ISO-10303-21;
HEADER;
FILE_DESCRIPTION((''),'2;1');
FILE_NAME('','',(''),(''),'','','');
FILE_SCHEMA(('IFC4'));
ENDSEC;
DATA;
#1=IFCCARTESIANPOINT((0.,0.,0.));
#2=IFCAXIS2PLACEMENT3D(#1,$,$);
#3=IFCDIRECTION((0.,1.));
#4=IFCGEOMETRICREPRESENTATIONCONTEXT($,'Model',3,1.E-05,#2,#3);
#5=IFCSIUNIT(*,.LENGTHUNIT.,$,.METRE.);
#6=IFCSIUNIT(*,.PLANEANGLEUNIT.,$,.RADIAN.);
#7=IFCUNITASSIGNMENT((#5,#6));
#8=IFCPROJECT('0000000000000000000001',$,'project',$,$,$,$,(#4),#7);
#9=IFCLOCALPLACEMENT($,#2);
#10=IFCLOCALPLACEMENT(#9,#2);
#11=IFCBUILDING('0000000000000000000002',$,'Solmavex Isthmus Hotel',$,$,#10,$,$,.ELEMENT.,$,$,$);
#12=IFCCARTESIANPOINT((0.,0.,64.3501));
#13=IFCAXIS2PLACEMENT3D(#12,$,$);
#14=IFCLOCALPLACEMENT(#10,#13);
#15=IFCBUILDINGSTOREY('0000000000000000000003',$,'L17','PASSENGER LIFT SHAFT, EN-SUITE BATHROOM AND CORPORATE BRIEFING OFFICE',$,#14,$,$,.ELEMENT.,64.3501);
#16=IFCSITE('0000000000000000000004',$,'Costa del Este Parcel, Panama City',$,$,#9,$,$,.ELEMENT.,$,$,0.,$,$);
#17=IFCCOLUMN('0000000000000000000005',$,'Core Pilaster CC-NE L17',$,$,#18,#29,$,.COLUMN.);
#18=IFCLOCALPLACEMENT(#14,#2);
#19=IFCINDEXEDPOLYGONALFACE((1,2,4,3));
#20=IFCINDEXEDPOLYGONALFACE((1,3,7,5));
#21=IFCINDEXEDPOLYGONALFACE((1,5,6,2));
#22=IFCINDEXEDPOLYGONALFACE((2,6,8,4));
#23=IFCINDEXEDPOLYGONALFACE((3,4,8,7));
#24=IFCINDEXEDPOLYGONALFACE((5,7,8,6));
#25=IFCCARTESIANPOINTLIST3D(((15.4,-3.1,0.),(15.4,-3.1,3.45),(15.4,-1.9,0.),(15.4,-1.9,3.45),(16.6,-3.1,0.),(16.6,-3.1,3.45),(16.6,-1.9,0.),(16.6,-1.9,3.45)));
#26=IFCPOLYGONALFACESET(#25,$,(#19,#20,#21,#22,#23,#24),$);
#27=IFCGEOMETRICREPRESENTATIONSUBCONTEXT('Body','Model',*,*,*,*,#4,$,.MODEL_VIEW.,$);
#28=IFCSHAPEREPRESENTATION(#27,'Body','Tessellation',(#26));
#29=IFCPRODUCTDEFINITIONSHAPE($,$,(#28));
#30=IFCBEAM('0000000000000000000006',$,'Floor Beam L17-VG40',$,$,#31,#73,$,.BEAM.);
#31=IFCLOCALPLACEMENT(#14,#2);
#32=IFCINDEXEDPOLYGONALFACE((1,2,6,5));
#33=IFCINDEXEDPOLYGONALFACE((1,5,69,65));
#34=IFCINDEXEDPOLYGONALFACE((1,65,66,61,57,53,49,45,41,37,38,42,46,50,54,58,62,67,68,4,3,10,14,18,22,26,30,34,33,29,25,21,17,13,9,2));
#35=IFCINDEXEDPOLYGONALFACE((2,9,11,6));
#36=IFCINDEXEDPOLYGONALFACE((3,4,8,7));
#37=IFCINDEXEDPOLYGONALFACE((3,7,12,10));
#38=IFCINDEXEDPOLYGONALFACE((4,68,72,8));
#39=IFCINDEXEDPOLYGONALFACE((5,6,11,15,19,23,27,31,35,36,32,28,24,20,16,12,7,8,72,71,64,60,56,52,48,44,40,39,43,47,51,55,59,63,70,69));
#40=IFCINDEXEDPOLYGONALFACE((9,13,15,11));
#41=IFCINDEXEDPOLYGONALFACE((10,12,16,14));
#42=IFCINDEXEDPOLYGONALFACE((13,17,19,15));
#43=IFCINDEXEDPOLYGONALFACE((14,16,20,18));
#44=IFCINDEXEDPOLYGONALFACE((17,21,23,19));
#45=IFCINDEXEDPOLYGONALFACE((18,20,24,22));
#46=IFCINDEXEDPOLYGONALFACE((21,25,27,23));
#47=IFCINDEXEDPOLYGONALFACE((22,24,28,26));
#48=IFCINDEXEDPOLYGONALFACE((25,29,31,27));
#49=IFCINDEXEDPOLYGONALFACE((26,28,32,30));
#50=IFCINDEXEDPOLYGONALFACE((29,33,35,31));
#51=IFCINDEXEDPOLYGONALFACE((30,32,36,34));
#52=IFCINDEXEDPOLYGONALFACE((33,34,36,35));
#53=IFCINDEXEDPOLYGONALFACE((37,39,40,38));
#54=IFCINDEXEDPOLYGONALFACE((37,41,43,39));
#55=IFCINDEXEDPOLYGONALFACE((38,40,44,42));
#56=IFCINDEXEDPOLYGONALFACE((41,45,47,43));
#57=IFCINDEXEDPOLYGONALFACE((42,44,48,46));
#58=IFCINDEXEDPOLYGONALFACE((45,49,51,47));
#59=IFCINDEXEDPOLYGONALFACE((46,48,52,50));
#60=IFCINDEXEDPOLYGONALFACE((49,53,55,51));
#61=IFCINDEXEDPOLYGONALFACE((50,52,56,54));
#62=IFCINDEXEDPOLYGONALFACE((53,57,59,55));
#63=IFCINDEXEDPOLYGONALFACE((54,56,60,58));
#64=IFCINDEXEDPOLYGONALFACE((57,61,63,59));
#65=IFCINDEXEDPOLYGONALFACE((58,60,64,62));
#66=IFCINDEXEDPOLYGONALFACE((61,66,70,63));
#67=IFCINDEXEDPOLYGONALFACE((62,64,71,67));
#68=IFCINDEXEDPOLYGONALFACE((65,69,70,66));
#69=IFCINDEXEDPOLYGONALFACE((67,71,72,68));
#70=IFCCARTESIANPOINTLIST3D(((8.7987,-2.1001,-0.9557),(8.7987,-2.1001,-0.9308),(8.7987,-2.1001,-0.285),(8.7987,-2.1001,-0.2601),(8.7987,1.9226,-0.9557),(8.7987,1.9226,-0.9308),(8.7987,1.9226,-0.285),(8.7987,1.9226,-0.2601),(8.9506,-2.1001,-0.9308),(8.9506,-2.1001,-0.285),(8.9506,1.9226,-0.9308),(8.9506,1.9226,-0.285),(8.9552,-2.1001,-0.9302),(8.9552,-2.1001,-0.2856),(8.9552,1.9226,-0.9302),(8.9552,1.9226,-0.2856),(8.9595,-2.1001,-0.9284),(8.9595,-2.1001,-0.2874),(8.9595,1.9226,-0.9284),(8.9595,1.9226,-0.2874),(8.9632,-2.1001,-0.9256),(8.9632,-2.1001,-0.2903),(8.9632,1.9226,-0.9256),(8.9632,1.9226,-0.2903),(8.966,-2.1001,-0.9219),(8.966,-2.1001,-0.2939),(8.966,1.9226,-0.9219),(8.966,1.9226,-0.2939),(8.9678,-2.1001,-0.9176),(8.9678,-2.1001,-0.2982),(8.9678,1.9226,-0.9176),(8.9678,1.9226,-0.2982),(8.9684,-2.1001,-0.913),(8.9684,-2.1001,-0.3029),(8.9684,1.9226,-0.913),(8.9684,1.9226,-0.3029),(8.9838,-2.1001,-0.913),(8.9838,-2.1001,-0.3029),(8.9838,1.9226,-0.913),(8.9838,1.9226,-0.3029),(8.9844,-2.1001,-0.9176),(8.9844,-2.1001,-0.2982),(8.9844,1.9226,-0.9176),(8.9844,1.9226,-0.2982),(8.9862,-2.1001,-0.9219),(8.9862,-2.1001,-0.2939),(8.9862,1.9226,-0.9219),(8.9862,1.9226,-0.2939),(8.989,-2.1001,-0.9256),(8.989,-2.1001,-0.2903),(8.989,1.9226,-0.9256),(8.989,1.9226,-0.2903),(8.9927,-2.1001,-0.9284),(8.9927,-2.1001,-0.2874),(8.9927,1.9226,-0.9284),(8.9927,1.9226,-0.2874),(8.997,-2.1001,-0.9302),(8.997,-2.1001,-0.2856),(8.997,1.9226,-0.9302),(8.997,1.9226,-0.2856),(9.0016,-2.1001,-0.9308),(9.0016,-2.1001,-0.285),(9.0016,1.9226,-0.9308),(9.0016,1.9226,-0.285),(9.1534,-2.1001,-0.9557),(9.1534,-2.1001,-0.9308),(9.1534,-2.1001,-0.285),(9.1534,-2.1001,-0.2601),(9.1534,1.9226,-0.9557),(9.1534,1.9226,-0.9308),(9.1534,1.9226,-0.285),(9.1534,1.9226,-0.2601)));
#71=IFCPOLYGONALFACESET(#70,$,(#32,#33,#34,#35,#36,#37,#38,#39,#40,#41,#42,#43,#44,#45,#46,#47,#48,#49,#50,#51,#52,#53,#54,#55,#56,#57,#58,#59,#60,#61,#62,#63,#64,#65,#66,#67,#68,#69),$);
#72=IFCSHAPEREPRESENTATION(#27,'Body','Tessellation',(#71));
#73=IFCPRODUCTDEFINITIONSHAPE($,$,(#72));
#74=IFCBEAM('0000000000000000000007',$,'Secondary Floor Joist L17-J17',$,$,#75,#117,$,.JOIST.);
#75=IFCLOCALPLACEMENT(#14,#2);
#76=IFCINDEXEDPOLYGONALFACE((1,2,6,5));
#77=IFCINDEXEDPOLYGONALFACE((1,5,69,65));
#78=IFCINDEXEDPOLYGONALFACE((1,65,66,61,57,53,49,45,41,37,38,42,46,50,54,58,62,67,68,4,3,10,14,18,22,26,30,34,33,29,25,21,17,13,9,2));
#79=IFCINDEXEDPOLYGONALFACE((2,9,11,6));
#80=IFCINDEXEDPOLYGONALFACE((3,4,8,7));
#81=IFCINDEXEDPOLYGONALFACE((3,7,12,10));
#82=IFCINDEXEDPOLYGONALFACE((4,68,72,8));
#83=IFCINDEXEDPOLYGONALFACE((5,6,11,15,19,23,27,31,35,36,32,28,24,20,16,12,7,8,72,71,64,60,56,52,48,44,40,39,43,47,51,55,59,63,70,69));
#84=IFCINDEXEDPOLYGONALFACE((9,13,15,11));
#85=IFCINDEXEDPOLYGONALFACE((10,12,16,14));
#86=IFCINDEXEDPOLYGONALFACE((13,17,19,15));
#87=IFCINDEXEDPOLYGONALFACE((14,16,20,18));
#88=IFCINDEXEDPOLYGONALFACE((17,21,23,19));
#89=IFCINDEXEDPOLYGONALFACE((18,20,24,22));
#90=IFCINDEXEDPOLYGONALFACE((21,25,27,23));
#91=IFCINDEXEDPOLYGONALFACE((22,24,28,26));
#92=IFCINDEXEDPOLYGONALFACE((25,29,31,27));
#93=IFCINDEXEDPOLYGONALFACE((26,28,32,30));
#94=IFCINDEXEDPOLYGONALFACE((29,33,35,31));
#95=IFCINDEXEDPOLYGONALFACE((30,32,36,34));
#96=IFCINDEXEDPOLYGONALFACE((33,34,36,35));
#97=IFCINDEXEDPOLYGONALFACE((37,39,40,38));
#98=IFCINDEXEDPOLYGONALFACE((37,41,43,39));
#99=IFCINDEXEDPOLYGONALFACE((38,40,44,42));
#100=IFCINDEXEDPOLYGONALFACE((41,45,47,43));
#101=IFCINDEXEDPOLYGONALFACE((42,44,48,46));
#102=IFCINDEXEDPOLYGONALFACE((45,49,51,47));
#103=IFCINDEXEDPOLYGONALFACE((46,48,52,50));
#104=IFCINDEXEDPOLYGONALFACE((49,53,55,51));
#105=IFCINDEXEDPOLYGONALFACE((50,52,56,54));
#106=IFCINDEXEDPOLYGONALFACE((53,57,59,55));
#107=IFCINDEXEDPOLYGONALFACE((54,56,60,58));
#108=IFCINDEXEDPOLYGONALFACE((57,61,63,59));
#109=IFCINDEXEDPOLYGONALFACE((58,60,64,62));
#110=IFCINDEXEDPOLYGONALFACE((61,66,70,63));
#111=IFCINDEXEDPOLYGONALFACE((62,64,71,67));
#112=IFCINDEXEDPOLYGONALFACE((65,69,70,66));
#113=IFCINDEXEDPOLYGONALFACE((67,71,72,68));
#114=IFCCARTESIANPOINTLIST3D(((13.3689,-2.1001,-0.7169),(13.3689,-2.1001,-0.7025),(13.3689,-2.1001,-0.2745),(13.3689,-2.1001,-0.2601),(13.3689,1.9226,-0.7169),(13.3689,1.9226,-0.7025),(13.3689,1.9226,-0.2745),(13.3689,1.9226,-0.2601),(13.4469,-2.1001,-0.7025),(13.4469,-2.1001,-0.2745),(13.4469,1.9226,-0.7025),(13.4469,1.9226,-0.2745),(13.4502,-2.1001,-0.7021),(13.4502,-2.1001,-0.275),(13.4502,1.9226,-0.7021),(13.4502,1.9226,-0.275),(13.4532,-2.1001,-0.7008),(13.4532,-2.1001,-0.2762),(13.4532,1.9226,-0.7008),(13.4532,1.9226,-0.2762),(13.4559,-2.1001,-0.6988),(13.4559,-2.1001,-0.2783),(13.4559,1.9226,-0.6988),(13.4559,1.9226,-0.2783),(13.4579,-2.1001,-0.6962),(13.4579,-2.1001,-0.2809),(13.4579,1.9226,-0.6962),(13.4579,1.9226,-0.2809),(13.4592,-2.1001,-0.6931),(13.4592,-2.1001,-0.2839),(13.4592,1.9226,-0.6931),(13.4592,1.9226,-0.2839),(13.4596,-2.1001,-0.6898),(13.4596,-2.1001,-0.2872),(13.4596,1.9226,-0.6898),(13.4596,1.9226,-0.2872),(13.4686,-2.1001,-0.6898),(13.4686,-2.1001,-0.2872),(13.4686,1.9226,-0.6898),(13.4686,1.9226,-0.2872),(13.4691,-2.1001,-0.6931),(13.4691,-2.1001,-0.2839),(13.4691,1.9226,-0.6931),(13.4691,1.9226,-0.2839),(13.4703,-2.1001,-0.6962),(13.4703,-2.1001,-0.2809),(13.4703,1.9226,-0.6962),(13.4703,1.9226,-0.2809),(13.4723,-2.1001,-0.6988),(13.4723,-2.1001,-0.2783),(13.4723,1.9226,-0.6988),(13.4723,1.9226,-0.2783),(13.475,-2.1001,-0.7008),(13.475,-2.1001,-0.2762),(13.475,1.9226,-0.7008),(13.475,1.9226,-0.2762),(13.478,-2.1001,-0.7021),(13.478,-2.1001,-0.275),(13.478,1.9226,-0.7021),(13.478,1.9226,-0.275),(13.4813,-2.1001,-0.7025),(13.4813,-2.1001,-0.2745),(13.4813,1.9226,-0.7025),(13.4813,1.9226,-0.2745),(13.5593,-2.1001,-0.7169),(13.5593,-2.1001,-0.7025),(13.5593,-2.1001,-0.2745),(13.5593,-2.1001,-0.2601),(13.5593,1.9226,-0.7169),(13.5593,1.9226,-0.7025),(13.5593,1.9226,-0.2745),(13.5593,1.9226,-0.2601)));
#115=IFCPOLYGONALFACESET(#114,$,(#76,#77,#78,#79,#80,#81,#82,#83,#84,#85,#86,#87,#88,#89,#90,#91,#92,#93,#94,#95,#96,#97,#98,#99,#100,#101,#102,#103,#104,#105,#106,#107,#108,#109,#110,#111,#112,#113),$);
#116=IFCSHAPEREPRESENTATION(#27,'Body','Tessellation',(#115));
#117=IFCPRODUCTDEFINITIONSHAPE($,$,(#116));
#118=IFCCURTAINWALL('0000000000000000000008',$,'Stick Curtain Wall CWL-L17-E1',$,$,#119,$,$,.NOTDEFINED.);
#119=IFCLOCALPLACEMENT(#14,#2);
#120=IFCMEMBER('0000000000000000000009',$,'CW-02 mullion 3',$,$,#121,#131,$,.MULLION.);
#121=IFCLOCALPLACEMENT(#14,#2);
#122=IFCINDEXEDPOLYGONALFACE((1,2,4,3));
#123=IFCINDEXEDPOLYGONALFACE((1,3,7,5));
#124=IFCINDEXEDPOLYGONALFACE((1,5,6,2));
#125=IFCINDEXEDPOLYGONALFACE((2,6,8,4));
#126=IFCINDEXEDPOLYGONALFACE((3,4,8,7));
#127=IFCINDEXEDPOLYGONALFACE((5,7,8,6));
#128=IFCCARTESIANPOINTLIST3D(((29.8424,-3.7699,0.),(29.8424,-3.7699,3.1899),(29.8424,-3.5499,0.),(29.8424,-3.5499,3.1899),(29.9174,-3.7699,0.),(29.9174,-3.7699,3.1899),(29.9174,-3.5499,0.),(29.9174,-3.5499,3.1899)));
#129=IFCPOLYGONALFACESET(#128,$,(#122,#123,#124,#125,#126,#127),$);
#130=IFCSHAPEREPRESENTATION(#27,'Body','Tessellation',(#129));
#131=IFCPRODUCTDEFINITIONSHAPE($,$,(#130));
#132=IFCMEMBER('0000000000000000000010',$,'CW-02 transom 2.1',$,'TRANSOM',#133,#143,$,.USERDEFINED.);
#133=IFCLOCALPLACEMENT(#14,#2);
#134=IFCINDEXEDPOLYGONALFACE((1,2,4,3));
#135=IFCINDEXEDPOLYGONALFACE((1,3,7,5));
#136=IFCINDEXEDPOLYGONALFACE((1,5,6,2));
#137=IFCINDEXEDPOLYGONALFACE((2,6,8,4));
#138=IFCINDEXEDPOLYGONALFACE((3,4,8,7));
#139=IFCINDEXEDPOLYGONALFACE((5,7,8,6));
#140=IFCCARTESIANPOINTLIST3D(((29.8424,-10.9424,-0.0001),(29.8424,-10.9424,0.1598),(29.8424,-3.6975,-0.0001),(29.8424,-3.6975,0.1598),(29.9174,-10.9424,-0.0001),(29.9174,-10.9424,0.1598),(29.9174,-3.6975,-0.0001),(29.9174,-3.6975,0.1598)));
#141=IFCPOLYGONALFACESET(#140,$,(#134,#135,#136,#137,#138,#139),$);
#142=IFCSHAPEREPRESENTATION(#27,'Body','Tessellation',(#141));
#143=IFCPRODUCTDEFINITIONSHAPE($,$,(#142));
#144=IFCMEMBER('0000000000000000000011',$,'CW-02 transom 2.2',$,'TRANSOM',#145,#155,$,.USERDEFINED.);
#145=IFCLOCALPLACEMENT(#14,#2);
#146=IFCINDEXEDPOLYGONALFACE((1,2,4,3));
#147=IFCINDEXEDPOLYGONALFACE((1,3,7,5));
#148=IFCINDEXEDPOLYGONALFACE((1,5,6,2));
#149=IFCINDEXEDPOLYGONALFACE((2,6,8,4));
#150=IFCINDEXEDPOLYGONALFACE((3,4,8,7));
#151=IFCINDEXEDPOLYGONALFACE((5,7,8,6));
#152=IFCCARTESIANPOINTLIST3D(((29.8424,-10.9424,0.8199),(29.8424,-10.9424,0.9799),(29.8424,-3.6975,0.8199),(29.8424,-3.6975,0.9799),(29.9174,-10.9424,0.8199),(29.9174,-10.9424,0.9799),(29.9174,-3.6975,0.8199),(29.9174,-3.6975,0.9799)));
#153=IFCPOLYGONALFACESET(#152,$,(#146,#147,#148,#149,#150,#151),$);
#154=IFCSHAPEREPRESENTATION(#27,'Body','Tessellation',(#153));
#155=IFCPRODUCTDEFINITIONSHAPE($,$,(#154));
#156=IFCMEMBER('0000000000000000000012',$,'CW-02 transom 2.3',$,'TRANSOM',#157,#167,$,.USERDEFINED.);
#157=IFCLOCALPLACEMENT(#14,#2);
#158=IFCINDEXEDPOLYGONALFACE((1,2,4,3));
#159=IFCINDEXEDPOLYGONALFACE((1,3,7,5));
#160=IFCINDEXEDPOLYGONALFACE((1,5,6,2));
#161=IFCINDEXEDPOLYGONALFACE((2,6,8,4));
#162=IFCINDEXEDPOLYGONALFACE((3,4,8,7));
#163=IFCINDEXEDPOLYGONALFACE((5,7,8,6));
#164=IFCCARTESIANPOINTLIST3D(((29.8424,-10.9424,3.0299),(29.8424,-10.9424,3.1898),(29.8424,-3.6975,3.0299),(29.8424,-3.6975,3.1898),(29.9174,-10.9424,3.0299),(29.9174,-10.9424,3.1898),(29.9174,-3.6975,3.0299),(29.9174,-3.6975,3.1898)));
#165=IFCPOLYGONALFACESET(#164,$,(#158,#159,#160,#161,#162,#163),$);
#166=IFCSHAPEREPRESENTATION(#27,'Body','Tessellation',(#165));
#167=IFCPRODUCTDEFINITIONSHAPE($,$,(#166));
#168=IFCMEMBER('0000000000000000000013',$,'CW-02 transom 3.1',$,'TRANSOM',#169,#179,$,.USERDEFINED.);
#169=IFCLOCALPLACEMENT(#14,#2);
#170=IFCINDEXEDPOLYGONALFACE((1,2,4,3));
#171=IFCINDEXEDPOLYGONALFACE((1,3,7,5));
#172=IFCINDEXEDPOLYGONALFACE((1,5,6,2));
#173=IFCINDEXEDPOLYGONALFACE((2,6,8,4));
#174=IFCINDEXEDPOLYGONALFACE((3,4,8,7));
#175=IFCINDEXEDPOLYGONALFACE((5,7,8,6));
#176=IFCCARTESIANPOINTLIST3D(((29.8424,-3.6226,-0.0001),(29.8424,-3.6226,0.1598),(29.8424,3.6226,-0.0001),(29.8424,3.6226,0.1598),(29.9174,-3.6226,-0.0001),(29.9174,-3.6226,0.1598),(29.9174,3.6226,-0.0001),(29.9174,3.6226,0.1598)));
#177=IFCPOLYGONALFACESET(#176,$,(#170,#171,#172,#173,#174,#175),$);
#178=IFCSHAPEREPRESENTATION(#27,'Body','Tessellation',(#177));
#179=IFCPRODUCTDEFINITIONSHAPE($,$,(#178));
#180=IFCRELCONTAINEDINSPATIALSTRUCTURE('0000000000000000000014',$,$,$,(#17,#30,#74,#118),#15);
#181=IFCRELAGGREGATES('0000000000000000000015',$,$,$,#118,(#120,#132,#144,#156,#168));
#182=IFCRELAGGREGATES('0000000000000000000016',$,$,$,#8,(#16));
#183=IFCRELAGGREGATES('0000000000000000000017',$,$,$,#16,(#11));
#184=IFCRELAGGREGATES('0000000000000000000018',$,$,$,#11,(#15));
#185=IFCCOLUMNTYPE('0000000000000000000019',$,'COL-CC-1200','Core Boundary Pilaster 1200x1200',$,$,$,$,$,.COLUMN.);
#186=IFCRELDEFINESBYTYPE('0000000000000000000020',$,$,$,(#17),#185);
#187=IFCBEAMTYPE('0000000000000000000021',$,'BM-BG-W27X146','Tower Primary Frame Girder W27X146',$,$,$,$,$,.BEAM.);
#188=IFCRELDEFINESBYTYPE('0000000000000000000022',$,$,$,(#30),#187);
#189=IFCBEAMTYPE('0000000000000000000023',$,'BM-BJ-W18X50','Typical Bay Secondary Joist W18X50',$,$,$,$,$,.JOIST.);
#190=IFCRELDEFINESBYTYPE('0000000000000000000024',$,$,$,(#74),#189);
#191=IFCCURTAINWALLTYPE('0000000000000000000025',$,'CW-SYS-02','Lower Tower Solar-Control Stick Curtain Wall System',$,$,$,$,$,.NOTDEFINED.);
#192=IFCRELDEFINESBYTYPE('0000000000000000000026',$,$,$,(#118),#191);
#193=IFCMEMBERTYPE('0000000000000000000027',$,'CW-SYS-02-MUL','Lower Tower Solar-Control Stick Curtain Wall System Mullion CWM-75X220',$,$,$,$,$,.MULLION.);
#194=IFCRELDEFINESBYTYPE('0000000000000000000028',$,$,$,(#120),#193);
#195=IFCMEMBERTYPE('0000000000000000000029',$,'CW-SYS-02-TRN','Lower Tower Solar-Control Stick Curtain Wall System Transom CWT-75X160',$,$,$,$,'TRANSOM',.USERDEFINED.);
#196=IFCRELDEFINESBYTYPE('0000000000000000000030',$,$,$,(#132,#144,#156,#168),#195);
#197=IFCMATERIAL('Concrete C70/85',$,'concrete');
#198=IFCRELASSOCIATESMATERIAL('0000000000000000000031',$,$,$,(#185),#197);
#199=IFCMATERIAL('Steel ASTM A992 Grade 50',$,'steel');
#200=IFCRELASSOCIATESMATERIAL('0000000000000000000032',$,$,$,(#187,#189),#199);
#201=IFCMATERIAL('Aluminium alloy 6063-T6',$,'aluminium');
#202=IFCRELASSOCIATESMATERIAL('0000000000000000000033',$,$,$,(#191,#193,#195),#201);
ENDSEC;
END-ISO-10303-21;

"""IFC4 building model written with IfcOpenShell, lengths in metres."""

from ifc_helpers import new_model, si_unit, direction, frame, origin, origin_2d, place, context, subcontext, project, spatial, rectangle, i_section, extrude, material, material_profile, profile_set, type_object, element, aggregate, save


model = new_model("IFC4")

# Units and contexts
model_context = context("Model", 3, precision=1e-05, world=origin(), true_north=direction((0.0, 1.0)))
body_context = subcontext(model_context, "Body", "Model", "MODEL_VIEW")
ifc_project = project(units=[si_unit("LENGTHUNIT", "METRE"), si_unit("PLANEANGLEUNIT", "RADIAN")], contexts=[model_context])

# Site, building, storey
site_placement = place(None, origin())
site = spatial("IfcSite", under=ifc_project, at=site_placement, Name="Costa del Este Parcel, Panama City", CompositionType="ELEMENT", RefElevation=0.0)
building_placement = place(site_placement, origin())
building = spatial("IfcBuilding", under=site, at=building_placement, Name="Solmavex Isthmus Hotel", CompositionType="ELEMENT")
storey_placement = place(building_placement, frame((0.0, 0.0, 64.3501)))
storey = spatial("IfcBuildingStorey", under=building, at=storey_placement, Name="L17", Description="PASSENGER LIFT SHAFT, EN-SUITE BATHROOM AND CORPORATE BRIEFING OFFICE", CompositionType="ELEMENT", Elevation=64.3501)

# Column
ifc_material_1 = material(Name="Concrete C70/85", Category="concrete")
ifc_material_profile_1 = material_profile(ifc_material_1, rectangle(XDim=1.2, YDim=1.2, at=origin_2d()), Name="RC1200X1200")
ifc_profile_set_1 = profile_set([ifc_material_profile_1], Name="Concrete C70/85")
column_type = type_object("IfcColumnType", Name="COL-CC-1200", Description="Core Boundary Pilaster 1200x1200", PredefinedType="COLUMN", material=ifc_profile_set_1)
column_placement = place(storey_placement, frame((16.0, -2.5, 0.0), z_axis=(0.0, 0.0, 1.0), x_axis=(1.0, 0.0, 0.0)))
element("IfcColumn", 1, at=column_placement, inside=storey, type_object=column_type, Name="Core Pilaster CC-NE L17", PredefinedType="COLUMN", context=body_context, shape_type="SweptSolid", body=[
    extrude(rectangle(XDim=1.2, YDim=1.2, at=origin_2d()), origin(), (0.0, 0.0, 1.0), 3.45),
])

# Beams
ifc_material_2 = material(Name="Steel ASTM A992 Grade 50", Category="steel")
ifc_material_profile_2 = material_profile(ifc_material_2, i_section(OverallWidth=0.3547, OverallDepth=0.6956, WebThickness=0.0154, FlangeThickness=0.0249, FilletRadius=0.0178, at=origin_2d()), Name="W27X146")
ifc_profile_set_2 = profile_set([ifc_material_profile_2], Name="Steel ASTM A992 Grade 50")
beam_type_1 = type_object("IfcBeamType", Name="BM-BG-W27X146", Description="Tower Primary Frame Girder W27X146", PredefinedType="BEAM", material=ifc_profile_set_2)
beam_1_placement = place(storey_placement, frame((8.9761, -2.1001, -0.6079), z_axis=(0.0, 1.0, 0.0), x_axis=(-1.0, 0.0, 0.0)))
element("IfcBeam", 2, at=beam_1_placement, inside=storey, type_object=beam_type_1, Name="Floor Beam L17-VG40", PredefinedType="BEAM", context=body_context, shape_type="SweptSolid", body=[
    extrude(i_section(OverallWidth=0.3547, OverallDepth=0.6956, WebThickness=0.0154, FlangeThickness=0.0249, FilletRadius=0.0178, at=origin_2d()), origin(), (0.0, 0.0, 1.0), 4.0227),
])
ifc_material_profile_3 = material_profile(ifc_material_2, i_section(OverallWidth=0.1904, OverallDepth=0.4568, WebThickness=0.009, FlangeThickness=0.0144, FilletRadius=0.0127, at=origin_2d()), Name="W18X50")
ifc_profile_set_3 = profile_set([ifc_material_profile_3], Name="Steel ASTM A992 Grade 50")
beam_type_2 = type_object("IfcBeamType", Name="BM-BJ-W18X50", Description="Typical Bay Secondary Joist W18X50", PredefinedType="JOIST", material=ifc_profile_set_3)
beam_2_placement = place(storey_placement, frame((13.4641, -2.1001, -0.4885), z_axis=(0.0, 1.0, 0.0), x_axis=(-1.0, 0.0, 0.0)))
element("IfcBeam", 3, at=beam_2_placement, inside=storey, type_object=beam_type_2, Name="Secondary Floor Joist L17-J17", PredefinedType="JOIST", context=body_context, shape_type="SweptSolid", body=[
    extrude(i_section(OverallWidth=0.1904, OverallDepth=0.4568, WebThickness=0.009, FlangeThickness=0.0144, FilletRadius=0.0127, at=origin_2d()), origin(), (0.0, 0.0, 1.0), 4.0227),
])

# Curtain wall, members
ifc_material_3 = material(Name="Aluminium alloy 6063-T6", Category="aluminium")
curtain_wall_type = type_object("IfcCurtainWallType", Name="CW-SYS-02", Description="Lower Tower Solar-Control Stick Curtain Wall System", PredefinedType="NOTDEFINED", material=ifc_material_3)
curtain_wall_placement = place(storey_placement, origin())
curtain_wall = element("IfcCurtainWall", 4, at=curtain_wall_placement, inside=storey, type_object=curtain_wall_type, Name="Stick Curtain Wall CWL-L17-E1", PredefinedType="NOTDEFINED")
ifc_material_profile_4 = material_profile(ifc_material_3, rectangle(XDim=0.075, YDim=0.22, at=origin_2d()), Name="CWM-75X220")
ifc_profile_set_4 = profile_set([ifc_material_profile_4], Name="Aluminium alloy 6063-T6")
member_type_1 = type_object("IfcMemberType", Name="CW-SYS-02-MUL", Description="Lower Tower Solar-Control Stick Curtain Wall System Mullion CWM-75X220", PredefinedType="MULLION", material=ifc_profile_set_4)
member_1_placement = place(storey_placement, frame((29.8799, -3.6599, 0.0), z_axis=(0.0, 0.0, 1.0), x_axis=(-1.0, 0.0, 0.0)))
member_1 = element("IfcMember", 5, at=member_1_placement, type_object=member_type_1, Name="CW-02 mullion 3", PredefinedType="MULLION", context=body_context, shape_type="SweptSolid", body=[
    extrude(rectangle(XDim=0.075, YDim=0.22, at=origin_2d()), origin(), (0.0, 0.0, 1.0), 3.1899),
])
ifc_material_profile_5 = material_profile(ifc_material_3, rectangle(XDim=0.075, YDim=0.1599, at=origin_2d()), Name="CWT-75X160")
ifc_profile_set_5 = profile_set([ifc_material_profile_5], Name="Aluminium alloy 6063-T6")
member_type_2 = type_object("IfcMemberType", Name="CW-SYS-02-TRN", Description="Lower Tower Solar-Control Stick Curtain Wall System Transom CWT-75X160", ElementType="TRANSOM", PredefinedType="USERDEFINED", material=ifc_profile_set_5)
member_2_placement = place(storey_placement, frame((29.8799, -10.9424, 0.0798), z_axis=(0.0, 1.0, 0.0), x_axis=(-1.0, 0.0, 0.0)))
member_2 = element("IfcMember", 6, at=member_2_placement, type_object=member_type_2, Name="CW-02 transom 2.1", ObjectType="TRANSOM", PredefinedType="USERDEFINED", context=body_context, shape_type="SweptSolid", body=[
    extrude(rectangle(XDim=0.075, YDim=0.1599, at=origin_2d()), origin(), (0.0, 0.0, 1.0), 7.2449),
])
member_3_placement = place(storey_placement, frame((29.8799, -10.9424, 0.8999), z_axis=(0.0, 1.0, 0.0), x_axis=(-1.0, 0.0, 0.0)))
member_3 = element("IfcMember", 7, at=member_3_placement, type_object=member_type_2, Name="CW-02 transom 2.2", ObjectType="TRANSOM", PredefinedType="USERDEFINED", context=body_context, shape_type="SweptSolid", body=[
    extrude(rectangle(XDim=0.075, YDim=0.1599, at=origin_2d()), origin(), (0.0, 0.0, 1.0), 7.2449),
])
member_4_placement = place(storey_placement, frame((29.8799, -10.9424, 3.1099), z_axis=(0.0, 1.0, 0.0), x_axis=(-1.0, 0.0, 0.0)))
member_4 = element("IfcMember", 8, at=member_4_placement, type_object=member_type_2, Name="CW-02 transom 2.3", ObjectType="TRANSOM", PredefinedType="USERDEFINED", context=body_context, shape_type="SweptSolid", body=[
    extrude(rectangle(XDim=0.075, YDim=0.1599, at=origin_2d()), origin(), (0.0, 0.0, 1.0), 7.2449),
])
member_5_placement = place(storey_placement, frame((29.8799, -3.6226, 0.0798), z_axis=(0.0, 1.0, 0.0), x_axis=(-1.0, 0.0, 0.0)))
member_5 = element("IfcMember", 9, at=member_5_placement, type_object=member_type_2, Name="CW-02 transom 3.1", ObjectType="TRANSOM", PredefinedType="USERDEFINED", context=body_context, shape_type="SweptSolid", body=[
    extrude(rectangle(XDim=0.075, YDim=0.1599, at=origin_2d()), origin(), (0.0, 0.0, 1.0), 7.2451),
])
aggregate(curtain_wall, [member_1, member_2, member_3, member_4, member_5])

save(model, "model.ifc")
